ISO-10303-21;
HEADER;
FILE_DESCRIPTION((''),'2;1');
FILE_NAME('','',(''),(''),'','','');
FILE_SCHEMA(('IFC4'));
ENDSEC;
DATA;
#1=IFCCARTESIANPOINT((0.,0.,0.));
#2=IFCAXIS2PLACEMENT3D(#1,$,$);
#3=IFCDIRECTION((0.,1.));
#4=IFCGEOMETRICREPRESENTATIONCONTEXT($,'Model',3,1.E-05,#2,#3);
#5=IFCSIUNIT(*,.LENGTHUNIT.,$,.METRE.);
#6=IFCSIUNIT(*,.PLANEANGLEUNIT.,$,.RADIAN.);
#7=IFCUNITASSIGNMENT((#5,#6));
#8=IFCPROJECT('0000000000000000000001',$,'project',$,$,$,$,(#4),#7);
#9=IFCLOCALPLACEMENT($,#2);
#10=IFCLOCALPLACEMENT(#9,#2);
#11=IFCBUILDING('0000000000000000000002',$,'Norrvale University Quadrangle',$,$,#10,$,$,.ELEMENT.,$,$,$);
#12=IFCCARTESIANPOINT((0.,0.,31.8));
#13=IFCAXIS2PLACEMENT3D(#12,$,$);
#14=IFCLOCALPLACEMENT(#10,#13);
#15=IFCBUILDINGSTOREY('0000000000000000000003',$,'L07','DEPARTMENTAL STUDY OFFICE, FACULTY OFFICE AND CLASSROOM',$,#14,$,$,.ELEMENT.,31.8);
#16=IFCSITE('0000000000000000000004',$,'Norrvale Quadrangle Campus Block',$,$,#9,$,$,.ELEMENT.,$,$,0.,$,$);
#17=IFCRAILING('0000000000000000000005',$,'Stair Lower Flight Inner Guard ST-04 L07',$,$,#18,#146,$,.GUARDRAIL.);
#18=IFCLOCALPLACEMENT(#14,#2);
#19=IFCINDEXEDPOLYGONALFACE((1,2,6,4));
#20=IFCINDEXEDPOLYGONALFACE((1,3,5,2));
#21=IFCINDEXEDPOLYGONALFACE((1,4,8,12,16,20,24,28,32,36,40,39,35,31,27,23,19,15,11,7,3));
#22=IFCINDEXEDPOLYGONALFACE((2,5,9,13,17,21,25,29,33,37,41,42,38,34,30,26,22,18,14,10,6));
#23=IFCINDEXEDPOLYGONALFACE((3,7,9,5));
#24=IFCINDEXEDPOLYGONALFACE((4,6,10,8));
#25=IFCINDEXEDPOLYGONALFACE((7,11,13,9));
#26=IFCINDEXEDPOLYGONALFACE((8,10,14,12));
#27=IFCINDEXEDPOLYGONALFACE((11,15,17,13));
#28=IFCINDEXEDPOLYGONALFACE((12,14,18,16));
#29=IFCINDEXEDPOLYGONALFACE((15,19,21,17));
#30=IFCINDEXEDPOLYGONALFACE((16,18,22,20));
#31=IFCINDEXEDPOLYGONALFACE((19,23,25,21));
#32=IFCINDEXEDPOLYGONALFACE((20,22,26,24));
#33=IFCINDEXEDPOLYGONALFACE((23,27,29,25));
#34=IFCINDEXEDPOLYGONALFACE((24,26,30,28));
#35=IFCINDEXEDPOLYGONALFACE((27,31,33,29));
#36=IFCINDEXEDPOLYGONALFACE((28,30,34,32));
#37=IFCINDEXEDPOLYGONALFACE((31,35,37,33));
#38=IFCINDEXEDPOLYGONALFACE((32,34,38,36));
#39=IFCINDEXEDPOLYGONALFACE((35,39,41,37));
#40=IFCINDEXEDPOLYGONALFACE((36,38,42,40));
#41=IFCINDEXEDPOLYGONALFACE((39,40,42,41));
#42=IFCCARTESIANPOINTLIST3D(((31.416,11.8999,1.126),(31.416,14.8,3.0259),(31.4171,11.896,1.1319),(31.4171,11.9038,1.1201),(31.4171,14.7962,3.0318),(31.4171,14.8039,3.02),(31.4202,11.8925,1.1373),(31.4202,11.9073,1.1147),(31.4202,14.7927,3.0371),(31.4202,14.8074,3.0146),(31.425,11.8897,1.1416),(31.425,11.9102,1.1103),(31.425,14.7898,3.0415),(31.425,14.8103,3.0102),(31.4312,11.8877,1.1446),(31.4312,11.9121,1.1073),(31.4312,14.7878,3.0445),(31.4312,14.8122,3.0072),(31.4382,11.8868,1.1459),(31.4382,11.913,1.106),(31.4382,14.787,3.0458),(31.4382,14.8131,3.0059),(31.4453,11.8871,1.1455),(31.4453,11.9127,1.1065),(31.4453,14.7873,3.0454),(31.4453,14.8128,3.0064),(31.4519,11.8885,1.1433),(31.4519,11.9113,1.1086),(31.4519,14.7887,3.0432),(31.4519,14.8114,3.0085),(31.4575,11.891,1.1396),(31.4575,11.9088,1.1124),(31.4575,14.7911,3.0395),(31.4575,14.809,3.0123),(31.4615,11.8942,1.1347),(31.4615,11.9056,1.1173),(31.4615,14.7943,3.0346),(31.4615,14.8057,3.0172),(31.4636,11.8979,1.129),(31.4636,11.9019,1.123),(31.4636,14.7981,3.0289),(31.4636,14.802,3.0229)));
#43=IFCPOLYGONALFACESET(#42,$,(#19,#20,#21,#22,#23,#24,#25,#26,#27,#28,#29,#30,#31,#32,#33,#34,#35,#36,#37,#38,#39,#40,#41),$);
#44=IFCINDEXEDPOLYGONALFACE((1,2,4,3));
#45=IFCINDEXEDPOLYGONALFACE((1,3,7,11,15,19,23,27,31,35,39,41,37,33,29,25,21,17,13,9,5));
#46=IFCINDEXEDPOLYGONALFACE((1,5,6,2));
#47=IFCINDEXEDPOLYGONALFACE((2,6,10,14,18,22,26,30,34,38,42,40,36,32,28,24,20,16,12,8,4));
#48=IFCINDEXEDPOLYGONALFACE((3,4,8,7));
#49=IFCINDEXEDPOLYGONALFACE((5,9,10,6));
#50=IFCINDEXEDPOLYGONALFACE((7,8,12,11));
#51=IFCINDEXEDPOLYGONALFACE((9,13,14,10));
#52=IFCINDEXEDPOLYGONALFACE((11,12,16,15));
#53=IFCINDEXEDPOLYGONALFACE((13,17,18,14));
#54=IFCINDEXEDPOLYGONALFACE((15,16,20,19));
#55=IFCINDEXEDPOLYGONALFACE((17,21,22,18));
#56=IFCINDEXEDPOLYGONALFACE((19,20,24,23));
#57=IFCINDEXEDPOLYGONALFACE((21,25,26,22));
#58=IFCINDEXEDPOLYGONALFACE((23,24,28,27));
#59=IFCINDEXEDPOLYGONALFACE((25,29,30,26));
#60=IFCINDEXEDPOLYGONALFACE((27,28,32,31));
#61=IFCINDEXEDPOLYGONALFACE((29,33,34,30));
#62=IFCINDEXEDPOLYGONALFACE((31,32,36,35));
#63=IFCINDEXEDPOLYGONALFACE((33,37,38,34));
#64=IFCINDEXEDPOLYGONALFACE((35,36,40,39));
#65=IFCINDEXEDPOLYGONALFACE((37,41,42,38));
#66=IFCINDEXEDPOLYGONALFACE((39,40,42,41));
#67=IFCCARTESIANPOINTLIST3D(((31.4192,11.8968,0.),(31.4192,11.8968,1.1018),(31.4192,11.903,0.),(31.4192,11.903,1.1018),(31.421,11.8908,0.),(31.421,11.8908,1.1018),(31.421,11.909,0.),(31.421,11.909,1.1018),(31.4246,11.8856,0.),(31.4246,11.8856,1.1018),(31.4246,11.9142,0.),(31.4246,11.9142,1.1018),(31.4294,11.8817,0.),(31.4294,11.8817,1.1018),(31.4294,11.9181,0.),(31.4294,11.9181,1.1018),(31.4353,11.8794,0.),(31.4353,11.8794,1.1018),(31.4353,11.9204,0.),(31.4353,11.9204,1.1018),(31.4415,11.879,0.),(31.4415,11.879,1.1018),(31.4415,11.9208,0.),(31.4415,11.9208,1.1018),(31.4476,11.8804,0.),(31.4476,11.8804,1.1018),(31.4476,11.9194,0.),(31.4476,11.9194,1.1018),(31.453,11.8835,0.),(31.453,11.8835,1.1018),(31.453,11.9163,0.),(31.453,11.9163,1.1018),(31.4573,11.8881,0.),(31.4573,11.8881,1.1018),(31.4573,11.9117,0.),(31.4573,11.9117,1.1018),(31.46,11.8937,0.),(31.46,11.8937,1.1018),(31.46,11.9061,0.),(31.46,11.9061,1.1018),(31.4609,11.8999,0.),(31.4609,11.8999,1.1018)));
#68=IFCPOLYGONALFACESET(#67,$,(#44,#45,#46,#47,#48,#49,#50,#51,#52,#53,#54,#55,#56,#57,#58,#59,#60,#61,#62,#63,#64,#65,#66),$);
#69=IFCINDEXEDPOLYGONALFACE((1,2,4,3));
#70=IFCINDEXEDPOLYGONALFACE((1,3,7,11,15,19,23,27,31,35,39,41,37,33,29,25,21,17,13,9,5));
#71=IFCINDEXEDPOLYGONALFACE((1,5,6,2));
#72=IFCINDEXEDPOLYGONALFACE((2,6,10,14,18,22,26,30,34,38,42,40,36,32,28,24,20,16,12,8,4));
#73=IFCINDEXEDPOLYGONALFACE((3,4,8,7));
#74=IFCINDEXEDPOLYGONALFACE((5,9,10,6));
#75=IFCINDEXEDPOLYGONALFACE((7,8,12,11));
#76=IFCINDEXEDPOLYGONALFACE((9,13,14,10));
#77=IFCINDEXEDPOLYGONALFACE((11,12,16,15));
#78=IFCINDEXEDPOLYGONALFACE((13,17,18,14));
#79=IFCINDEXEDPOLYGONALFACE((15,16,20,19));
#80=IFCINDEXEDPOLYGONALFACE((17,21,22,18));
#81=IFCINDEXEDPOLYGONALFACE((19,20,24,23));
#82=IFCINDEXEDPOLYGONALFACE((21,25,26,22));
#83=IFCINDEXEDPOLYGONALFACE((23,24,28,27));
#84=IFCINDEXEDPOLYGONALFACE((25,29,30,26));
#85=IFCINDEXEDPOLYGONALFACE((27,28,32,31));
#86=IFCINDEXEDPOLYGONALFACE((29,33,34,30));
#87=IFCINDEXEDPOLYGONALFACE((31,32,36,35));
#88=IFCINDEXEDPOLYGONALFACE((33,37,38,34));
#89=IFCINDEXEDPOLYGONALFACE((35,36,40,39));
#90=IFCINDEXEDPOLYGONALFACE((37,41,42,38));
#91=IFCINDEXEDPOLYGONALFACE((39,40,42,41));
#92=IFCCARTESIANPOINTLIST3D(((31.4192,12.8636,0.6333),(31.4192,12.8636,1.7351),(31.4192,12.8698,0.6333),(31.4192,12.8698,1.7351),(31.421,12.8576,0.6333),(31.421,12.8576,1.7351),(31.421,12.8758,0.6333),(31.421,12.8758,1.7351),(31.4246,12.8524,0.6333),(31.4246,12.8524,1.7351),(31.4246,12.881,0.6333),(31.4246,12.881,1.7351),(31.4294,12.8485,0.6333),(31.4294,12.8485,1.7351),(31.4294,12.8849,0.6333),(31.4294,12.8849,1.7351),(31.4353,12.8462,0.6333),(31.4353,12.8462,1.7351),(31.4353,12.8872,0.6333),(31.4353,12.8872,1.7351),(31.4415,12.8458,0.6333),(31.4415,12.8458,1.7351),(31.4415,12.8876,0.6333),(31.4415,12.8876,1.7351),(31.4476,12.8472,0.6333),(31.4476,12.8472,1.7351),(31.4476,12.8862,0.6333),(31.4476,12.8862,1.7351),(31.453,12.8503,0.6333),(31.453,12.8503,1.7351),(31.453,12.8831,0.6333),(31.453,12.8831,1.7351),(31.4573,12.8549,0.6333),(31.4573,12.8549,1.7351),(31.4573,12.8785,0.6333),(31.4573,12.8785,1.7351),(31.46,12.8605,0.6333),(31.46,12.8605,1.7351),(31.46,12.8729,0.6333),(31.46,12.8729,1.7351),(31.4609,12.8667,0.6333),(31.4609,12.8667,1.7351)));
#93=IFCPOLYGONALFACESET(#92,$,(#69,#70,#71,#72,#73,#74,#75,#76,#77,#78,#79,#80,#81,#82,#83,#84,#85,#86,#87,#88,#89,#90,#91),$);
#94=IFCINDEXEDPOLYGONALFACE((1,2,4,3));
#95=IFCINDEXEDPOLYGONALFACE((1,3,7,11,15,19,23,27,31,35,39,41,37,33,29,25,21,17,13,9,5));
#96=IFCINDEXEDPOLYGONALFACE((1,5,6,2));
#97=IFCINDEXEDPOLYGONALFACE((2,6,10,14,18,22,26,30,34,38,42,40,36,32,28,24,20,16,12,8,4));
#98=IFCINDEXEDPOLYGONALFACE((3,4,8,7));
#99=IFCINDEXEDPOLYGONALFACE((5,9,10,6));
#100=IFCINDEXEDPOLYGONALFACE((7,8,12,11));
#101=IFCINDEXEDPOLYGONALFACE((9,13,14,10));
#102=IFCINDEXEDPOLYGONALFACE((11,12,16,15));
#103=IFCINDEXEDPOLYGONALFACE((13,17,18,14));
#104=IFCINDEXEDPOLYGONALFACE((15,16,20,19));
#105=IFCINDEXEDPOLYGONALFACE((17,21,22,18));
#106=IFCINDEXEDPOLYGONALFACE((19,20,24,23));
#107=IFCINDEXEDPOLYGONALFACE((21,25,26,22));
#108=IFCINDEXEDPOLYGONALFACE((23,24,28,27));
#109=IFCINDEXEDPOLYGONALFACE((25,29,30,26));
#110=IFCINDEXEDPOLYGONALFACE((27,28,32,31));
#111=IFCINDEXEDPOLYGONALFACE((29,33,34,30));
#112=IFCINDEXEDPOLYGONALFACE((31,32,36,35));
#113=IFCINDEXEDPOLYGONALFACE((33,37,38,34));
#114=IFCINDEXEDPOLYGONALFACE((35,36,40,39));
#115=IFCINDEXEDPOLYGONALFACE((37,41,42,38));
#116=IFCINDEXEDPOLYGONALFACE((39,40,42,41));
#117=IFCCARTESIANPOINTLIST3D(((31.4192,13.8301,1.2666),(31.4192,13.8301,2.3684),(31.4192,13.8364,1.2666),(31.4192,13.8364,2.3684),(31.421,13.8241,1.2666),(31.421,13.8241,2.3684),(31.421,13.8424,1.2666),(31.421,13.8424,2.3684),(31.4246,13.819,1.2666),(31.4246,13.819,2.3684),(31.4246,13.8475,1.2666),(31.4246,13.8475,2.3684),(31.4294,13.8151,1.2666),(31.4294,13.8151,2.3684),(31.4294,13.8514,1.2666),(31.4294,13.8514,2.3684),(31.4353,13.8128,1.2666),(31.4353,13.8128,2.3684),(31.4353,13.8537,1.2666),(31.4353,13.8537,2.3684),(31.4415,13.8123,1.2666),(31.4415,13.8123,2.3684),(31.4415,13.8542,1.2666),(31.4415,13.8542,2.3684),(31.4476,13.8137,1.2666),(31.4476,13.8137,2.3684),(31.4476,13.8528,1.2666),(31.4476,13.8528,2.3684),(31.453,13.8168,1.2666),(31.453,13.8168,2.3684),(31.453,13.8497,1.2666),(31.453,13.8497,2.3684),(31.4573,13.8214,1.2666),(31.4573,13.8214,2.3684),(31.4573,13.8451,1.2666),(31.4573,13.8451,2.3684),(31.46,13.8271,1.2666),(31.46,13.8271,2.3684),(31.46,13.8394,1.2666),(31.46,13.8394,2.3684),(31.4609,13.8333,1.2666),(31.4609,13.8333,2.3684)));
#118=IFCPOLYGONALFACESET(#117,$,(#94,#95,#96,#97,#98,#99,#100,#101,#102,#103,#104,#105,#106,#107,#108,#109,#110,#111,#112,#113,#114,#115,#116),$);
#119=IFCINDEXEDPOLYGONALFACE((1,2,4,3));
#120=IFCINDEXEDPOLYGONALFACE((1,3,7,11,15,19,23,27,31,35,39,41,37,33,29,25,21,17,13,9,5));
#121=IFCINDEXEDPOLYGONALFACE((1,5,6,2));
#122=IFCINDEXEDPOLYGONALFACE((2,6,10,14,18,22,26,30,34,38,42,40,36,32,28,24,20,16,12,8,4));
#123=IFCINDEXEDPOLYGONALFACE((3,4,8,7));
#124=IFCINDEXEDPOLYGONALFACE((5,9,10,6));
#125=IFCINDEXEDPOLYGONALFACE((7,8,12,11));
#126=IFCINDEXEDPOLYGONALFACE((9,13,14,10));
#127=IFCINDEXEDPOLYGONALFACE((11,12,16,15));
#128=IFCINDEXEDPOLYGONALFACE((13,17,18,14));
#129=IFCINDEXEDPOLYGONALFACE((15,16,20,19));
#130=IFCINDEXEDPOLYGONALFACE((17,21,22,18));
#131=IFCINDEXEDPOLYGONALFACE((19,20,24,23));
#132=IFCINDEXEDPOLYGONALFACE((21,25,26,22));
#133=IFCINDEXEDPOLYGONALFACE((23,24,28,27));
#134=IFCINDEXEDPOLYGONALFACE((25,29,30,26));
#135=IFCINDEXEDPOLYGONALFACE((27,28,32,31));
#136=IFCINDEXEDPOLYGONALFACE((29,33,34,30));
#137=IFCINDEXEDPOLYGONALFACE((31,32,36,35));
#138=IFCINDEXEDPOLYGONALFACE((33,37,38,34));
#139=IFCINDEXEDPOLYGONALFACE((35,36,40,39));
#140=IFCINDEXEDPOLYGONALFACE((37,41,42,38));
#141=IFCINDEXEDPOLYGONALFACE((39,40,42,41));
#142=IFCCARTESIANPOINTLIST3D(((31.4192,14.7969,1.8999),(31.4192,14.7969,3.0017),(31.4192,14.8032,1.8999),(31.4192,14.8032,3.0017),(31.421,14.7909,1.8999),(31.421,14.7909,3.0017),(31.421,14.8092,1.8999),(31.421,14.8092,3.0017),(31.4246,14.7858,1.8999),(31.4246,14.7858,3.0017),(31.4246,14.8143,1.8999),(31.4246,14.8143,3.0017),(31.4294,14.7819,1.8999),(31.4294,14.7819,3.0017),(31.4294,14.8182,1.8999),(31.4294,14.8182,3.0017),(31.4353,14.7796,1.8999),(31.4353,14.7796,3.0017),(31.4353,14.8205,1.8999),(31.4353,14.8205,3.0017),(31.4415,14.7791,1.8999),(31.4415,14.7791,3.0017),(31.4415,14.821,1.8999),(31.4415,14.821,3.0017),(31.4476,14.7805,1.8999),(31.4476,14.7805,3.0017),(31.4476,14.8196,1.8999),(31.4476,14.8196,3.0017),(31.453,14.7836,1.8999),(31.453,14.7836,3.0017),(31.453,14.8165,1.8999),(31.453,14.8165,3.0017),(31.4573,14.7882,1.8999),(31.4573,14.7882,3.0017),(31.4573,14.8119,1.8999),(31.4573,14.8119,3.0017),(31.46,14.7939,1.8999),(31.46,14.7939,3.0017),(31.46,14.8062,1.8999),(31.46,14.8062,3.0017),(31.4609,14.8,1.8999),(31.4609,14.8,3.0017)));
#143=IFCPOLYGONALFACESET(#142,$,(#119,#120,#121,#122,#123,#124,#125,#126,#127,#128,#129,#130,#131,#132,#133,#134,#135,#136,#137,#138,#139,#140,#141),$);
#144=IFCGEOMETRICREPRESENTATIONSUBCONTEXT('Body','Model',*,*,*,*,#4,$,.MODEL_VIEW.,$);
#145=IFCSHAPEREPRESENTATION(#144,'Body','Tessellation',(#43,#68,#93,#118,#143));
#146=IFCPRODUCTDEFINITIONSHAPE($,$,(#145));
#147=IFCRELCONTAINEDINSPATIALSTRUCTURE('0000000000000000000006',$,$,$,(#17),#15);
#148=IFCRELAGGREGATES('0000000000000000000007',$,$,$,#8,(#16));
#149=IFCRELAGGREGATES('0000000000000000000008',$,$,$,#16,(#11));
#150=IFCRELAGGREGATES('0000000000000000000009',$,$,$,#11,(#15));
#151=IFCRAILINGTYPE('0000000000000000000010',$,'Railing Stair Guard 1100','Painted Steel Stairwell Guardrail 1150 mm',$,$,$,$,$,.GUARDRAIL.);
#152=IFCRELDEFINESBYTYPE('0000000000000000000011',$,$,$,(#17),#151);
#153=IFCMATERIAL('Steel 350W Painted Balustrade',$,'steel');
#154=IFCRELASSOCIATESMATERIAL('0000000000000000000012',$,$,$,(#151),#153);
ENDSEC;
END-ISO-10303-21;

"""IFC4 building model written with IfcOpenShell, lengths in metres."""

from ifc_helpers import new_model, si_unit, direction, frame, origin, origin_2d, place, context, subcontext, project, spatial, circle, extrude, material, type_object, element, save


model = new_model("IFC4")

# Units and contexts
model_context = context("Model", 3, precision=1e-05, world=origin(), true_north=direction((0.0, 1.0)))
body_context = subcontext(model_context, "Body", "Model", "MODEL_VIEW")
ifc_project = project(units=[si_unit("LENGTHUNIT", "METRE"), si_unit("PLANEANGLEUNIT", "RADIAN")], contexts=[model_context])

# Site, building, storey
site_placement = place(None, origin())
site = spatial("IfcSite", under=ifc_project, at=site_placement, Name="Norrvale Quadrangle Campus Block", CompositionType="ELEMENT", RefElevation=0.0)
building_placement = place(site_placement, origin())
building = spatial("IfcBuilding", under=site, at=building_placement, Name="Norrvale University Quadrangle", CompositionType="ELEMENT")
storey_placement = place(building_placement, frame((0.0, 0.0, 31.8)))
storey = spatial("IfcBuildingStorey", under=building, at=storey_placement, Name="L07", Description="DEPARTMENTAL STUDY OFFICE, FACULTY OFFICE AND CLASSROOM", CompositionType="ELEMENT", Elevation=31.8)

# Railing
ifc_material_1 = material(Name="Steel 350W Painted Balustrade", Category="steel")
railing_type_1 = type_object("IfcRailingType", Name="Railing Stair Guard 1100", Description="Painted Steel Stairwell Guardrail 1150 mm", PredefinedType="GUARDRAIL", material=ifc_material_1)
railing_1_placement = place(storey_placement, frame((31.4399, 11.8999, 0.0)))
element("IfcRailing", 1, at=railing_1_placement, inside=storey, type_object=railing_type_1, Name="Stair Lower Flight Inner Guard ST-04 L07", PredefinedType="GUARDRAIL", context=body_context, shape_type="SweptSolid", body=[
    extrude(circle(Radius=0.0239, at=origin_2d()), frame((0.0, 0.0, 1.126), z_axis=(0.0, 0.836487, 0.547987), x_axis=(-1.0, 0.0, 0.0)), (0.0, 0.0, 1.0), 3.467),
    extrude(circle(Radius=0.021, at=origin_2d()), origin(), (0.0, 0.0, 1.0), 1.1018),
    extrude(circle(Radius=0.021, at=origin_2d()), frame((0.0, 0.9668, 0.6333)), (0.0, 0.0, 1.0), 1.1018),
    extrude(circle(Radius=0.021, at=origin_2d()), frame((0.0, 1.9333, 1.2666)), (0.0, 0.0, 1.0), 1.1018),
    extrude(circle(Radius=0.021, at=origin_2d()), frame((0.0, 2.9001, 1.8999)), (0.0, 0.0, 1.0), 1.1018),
])

save(model, "model.ifc")
